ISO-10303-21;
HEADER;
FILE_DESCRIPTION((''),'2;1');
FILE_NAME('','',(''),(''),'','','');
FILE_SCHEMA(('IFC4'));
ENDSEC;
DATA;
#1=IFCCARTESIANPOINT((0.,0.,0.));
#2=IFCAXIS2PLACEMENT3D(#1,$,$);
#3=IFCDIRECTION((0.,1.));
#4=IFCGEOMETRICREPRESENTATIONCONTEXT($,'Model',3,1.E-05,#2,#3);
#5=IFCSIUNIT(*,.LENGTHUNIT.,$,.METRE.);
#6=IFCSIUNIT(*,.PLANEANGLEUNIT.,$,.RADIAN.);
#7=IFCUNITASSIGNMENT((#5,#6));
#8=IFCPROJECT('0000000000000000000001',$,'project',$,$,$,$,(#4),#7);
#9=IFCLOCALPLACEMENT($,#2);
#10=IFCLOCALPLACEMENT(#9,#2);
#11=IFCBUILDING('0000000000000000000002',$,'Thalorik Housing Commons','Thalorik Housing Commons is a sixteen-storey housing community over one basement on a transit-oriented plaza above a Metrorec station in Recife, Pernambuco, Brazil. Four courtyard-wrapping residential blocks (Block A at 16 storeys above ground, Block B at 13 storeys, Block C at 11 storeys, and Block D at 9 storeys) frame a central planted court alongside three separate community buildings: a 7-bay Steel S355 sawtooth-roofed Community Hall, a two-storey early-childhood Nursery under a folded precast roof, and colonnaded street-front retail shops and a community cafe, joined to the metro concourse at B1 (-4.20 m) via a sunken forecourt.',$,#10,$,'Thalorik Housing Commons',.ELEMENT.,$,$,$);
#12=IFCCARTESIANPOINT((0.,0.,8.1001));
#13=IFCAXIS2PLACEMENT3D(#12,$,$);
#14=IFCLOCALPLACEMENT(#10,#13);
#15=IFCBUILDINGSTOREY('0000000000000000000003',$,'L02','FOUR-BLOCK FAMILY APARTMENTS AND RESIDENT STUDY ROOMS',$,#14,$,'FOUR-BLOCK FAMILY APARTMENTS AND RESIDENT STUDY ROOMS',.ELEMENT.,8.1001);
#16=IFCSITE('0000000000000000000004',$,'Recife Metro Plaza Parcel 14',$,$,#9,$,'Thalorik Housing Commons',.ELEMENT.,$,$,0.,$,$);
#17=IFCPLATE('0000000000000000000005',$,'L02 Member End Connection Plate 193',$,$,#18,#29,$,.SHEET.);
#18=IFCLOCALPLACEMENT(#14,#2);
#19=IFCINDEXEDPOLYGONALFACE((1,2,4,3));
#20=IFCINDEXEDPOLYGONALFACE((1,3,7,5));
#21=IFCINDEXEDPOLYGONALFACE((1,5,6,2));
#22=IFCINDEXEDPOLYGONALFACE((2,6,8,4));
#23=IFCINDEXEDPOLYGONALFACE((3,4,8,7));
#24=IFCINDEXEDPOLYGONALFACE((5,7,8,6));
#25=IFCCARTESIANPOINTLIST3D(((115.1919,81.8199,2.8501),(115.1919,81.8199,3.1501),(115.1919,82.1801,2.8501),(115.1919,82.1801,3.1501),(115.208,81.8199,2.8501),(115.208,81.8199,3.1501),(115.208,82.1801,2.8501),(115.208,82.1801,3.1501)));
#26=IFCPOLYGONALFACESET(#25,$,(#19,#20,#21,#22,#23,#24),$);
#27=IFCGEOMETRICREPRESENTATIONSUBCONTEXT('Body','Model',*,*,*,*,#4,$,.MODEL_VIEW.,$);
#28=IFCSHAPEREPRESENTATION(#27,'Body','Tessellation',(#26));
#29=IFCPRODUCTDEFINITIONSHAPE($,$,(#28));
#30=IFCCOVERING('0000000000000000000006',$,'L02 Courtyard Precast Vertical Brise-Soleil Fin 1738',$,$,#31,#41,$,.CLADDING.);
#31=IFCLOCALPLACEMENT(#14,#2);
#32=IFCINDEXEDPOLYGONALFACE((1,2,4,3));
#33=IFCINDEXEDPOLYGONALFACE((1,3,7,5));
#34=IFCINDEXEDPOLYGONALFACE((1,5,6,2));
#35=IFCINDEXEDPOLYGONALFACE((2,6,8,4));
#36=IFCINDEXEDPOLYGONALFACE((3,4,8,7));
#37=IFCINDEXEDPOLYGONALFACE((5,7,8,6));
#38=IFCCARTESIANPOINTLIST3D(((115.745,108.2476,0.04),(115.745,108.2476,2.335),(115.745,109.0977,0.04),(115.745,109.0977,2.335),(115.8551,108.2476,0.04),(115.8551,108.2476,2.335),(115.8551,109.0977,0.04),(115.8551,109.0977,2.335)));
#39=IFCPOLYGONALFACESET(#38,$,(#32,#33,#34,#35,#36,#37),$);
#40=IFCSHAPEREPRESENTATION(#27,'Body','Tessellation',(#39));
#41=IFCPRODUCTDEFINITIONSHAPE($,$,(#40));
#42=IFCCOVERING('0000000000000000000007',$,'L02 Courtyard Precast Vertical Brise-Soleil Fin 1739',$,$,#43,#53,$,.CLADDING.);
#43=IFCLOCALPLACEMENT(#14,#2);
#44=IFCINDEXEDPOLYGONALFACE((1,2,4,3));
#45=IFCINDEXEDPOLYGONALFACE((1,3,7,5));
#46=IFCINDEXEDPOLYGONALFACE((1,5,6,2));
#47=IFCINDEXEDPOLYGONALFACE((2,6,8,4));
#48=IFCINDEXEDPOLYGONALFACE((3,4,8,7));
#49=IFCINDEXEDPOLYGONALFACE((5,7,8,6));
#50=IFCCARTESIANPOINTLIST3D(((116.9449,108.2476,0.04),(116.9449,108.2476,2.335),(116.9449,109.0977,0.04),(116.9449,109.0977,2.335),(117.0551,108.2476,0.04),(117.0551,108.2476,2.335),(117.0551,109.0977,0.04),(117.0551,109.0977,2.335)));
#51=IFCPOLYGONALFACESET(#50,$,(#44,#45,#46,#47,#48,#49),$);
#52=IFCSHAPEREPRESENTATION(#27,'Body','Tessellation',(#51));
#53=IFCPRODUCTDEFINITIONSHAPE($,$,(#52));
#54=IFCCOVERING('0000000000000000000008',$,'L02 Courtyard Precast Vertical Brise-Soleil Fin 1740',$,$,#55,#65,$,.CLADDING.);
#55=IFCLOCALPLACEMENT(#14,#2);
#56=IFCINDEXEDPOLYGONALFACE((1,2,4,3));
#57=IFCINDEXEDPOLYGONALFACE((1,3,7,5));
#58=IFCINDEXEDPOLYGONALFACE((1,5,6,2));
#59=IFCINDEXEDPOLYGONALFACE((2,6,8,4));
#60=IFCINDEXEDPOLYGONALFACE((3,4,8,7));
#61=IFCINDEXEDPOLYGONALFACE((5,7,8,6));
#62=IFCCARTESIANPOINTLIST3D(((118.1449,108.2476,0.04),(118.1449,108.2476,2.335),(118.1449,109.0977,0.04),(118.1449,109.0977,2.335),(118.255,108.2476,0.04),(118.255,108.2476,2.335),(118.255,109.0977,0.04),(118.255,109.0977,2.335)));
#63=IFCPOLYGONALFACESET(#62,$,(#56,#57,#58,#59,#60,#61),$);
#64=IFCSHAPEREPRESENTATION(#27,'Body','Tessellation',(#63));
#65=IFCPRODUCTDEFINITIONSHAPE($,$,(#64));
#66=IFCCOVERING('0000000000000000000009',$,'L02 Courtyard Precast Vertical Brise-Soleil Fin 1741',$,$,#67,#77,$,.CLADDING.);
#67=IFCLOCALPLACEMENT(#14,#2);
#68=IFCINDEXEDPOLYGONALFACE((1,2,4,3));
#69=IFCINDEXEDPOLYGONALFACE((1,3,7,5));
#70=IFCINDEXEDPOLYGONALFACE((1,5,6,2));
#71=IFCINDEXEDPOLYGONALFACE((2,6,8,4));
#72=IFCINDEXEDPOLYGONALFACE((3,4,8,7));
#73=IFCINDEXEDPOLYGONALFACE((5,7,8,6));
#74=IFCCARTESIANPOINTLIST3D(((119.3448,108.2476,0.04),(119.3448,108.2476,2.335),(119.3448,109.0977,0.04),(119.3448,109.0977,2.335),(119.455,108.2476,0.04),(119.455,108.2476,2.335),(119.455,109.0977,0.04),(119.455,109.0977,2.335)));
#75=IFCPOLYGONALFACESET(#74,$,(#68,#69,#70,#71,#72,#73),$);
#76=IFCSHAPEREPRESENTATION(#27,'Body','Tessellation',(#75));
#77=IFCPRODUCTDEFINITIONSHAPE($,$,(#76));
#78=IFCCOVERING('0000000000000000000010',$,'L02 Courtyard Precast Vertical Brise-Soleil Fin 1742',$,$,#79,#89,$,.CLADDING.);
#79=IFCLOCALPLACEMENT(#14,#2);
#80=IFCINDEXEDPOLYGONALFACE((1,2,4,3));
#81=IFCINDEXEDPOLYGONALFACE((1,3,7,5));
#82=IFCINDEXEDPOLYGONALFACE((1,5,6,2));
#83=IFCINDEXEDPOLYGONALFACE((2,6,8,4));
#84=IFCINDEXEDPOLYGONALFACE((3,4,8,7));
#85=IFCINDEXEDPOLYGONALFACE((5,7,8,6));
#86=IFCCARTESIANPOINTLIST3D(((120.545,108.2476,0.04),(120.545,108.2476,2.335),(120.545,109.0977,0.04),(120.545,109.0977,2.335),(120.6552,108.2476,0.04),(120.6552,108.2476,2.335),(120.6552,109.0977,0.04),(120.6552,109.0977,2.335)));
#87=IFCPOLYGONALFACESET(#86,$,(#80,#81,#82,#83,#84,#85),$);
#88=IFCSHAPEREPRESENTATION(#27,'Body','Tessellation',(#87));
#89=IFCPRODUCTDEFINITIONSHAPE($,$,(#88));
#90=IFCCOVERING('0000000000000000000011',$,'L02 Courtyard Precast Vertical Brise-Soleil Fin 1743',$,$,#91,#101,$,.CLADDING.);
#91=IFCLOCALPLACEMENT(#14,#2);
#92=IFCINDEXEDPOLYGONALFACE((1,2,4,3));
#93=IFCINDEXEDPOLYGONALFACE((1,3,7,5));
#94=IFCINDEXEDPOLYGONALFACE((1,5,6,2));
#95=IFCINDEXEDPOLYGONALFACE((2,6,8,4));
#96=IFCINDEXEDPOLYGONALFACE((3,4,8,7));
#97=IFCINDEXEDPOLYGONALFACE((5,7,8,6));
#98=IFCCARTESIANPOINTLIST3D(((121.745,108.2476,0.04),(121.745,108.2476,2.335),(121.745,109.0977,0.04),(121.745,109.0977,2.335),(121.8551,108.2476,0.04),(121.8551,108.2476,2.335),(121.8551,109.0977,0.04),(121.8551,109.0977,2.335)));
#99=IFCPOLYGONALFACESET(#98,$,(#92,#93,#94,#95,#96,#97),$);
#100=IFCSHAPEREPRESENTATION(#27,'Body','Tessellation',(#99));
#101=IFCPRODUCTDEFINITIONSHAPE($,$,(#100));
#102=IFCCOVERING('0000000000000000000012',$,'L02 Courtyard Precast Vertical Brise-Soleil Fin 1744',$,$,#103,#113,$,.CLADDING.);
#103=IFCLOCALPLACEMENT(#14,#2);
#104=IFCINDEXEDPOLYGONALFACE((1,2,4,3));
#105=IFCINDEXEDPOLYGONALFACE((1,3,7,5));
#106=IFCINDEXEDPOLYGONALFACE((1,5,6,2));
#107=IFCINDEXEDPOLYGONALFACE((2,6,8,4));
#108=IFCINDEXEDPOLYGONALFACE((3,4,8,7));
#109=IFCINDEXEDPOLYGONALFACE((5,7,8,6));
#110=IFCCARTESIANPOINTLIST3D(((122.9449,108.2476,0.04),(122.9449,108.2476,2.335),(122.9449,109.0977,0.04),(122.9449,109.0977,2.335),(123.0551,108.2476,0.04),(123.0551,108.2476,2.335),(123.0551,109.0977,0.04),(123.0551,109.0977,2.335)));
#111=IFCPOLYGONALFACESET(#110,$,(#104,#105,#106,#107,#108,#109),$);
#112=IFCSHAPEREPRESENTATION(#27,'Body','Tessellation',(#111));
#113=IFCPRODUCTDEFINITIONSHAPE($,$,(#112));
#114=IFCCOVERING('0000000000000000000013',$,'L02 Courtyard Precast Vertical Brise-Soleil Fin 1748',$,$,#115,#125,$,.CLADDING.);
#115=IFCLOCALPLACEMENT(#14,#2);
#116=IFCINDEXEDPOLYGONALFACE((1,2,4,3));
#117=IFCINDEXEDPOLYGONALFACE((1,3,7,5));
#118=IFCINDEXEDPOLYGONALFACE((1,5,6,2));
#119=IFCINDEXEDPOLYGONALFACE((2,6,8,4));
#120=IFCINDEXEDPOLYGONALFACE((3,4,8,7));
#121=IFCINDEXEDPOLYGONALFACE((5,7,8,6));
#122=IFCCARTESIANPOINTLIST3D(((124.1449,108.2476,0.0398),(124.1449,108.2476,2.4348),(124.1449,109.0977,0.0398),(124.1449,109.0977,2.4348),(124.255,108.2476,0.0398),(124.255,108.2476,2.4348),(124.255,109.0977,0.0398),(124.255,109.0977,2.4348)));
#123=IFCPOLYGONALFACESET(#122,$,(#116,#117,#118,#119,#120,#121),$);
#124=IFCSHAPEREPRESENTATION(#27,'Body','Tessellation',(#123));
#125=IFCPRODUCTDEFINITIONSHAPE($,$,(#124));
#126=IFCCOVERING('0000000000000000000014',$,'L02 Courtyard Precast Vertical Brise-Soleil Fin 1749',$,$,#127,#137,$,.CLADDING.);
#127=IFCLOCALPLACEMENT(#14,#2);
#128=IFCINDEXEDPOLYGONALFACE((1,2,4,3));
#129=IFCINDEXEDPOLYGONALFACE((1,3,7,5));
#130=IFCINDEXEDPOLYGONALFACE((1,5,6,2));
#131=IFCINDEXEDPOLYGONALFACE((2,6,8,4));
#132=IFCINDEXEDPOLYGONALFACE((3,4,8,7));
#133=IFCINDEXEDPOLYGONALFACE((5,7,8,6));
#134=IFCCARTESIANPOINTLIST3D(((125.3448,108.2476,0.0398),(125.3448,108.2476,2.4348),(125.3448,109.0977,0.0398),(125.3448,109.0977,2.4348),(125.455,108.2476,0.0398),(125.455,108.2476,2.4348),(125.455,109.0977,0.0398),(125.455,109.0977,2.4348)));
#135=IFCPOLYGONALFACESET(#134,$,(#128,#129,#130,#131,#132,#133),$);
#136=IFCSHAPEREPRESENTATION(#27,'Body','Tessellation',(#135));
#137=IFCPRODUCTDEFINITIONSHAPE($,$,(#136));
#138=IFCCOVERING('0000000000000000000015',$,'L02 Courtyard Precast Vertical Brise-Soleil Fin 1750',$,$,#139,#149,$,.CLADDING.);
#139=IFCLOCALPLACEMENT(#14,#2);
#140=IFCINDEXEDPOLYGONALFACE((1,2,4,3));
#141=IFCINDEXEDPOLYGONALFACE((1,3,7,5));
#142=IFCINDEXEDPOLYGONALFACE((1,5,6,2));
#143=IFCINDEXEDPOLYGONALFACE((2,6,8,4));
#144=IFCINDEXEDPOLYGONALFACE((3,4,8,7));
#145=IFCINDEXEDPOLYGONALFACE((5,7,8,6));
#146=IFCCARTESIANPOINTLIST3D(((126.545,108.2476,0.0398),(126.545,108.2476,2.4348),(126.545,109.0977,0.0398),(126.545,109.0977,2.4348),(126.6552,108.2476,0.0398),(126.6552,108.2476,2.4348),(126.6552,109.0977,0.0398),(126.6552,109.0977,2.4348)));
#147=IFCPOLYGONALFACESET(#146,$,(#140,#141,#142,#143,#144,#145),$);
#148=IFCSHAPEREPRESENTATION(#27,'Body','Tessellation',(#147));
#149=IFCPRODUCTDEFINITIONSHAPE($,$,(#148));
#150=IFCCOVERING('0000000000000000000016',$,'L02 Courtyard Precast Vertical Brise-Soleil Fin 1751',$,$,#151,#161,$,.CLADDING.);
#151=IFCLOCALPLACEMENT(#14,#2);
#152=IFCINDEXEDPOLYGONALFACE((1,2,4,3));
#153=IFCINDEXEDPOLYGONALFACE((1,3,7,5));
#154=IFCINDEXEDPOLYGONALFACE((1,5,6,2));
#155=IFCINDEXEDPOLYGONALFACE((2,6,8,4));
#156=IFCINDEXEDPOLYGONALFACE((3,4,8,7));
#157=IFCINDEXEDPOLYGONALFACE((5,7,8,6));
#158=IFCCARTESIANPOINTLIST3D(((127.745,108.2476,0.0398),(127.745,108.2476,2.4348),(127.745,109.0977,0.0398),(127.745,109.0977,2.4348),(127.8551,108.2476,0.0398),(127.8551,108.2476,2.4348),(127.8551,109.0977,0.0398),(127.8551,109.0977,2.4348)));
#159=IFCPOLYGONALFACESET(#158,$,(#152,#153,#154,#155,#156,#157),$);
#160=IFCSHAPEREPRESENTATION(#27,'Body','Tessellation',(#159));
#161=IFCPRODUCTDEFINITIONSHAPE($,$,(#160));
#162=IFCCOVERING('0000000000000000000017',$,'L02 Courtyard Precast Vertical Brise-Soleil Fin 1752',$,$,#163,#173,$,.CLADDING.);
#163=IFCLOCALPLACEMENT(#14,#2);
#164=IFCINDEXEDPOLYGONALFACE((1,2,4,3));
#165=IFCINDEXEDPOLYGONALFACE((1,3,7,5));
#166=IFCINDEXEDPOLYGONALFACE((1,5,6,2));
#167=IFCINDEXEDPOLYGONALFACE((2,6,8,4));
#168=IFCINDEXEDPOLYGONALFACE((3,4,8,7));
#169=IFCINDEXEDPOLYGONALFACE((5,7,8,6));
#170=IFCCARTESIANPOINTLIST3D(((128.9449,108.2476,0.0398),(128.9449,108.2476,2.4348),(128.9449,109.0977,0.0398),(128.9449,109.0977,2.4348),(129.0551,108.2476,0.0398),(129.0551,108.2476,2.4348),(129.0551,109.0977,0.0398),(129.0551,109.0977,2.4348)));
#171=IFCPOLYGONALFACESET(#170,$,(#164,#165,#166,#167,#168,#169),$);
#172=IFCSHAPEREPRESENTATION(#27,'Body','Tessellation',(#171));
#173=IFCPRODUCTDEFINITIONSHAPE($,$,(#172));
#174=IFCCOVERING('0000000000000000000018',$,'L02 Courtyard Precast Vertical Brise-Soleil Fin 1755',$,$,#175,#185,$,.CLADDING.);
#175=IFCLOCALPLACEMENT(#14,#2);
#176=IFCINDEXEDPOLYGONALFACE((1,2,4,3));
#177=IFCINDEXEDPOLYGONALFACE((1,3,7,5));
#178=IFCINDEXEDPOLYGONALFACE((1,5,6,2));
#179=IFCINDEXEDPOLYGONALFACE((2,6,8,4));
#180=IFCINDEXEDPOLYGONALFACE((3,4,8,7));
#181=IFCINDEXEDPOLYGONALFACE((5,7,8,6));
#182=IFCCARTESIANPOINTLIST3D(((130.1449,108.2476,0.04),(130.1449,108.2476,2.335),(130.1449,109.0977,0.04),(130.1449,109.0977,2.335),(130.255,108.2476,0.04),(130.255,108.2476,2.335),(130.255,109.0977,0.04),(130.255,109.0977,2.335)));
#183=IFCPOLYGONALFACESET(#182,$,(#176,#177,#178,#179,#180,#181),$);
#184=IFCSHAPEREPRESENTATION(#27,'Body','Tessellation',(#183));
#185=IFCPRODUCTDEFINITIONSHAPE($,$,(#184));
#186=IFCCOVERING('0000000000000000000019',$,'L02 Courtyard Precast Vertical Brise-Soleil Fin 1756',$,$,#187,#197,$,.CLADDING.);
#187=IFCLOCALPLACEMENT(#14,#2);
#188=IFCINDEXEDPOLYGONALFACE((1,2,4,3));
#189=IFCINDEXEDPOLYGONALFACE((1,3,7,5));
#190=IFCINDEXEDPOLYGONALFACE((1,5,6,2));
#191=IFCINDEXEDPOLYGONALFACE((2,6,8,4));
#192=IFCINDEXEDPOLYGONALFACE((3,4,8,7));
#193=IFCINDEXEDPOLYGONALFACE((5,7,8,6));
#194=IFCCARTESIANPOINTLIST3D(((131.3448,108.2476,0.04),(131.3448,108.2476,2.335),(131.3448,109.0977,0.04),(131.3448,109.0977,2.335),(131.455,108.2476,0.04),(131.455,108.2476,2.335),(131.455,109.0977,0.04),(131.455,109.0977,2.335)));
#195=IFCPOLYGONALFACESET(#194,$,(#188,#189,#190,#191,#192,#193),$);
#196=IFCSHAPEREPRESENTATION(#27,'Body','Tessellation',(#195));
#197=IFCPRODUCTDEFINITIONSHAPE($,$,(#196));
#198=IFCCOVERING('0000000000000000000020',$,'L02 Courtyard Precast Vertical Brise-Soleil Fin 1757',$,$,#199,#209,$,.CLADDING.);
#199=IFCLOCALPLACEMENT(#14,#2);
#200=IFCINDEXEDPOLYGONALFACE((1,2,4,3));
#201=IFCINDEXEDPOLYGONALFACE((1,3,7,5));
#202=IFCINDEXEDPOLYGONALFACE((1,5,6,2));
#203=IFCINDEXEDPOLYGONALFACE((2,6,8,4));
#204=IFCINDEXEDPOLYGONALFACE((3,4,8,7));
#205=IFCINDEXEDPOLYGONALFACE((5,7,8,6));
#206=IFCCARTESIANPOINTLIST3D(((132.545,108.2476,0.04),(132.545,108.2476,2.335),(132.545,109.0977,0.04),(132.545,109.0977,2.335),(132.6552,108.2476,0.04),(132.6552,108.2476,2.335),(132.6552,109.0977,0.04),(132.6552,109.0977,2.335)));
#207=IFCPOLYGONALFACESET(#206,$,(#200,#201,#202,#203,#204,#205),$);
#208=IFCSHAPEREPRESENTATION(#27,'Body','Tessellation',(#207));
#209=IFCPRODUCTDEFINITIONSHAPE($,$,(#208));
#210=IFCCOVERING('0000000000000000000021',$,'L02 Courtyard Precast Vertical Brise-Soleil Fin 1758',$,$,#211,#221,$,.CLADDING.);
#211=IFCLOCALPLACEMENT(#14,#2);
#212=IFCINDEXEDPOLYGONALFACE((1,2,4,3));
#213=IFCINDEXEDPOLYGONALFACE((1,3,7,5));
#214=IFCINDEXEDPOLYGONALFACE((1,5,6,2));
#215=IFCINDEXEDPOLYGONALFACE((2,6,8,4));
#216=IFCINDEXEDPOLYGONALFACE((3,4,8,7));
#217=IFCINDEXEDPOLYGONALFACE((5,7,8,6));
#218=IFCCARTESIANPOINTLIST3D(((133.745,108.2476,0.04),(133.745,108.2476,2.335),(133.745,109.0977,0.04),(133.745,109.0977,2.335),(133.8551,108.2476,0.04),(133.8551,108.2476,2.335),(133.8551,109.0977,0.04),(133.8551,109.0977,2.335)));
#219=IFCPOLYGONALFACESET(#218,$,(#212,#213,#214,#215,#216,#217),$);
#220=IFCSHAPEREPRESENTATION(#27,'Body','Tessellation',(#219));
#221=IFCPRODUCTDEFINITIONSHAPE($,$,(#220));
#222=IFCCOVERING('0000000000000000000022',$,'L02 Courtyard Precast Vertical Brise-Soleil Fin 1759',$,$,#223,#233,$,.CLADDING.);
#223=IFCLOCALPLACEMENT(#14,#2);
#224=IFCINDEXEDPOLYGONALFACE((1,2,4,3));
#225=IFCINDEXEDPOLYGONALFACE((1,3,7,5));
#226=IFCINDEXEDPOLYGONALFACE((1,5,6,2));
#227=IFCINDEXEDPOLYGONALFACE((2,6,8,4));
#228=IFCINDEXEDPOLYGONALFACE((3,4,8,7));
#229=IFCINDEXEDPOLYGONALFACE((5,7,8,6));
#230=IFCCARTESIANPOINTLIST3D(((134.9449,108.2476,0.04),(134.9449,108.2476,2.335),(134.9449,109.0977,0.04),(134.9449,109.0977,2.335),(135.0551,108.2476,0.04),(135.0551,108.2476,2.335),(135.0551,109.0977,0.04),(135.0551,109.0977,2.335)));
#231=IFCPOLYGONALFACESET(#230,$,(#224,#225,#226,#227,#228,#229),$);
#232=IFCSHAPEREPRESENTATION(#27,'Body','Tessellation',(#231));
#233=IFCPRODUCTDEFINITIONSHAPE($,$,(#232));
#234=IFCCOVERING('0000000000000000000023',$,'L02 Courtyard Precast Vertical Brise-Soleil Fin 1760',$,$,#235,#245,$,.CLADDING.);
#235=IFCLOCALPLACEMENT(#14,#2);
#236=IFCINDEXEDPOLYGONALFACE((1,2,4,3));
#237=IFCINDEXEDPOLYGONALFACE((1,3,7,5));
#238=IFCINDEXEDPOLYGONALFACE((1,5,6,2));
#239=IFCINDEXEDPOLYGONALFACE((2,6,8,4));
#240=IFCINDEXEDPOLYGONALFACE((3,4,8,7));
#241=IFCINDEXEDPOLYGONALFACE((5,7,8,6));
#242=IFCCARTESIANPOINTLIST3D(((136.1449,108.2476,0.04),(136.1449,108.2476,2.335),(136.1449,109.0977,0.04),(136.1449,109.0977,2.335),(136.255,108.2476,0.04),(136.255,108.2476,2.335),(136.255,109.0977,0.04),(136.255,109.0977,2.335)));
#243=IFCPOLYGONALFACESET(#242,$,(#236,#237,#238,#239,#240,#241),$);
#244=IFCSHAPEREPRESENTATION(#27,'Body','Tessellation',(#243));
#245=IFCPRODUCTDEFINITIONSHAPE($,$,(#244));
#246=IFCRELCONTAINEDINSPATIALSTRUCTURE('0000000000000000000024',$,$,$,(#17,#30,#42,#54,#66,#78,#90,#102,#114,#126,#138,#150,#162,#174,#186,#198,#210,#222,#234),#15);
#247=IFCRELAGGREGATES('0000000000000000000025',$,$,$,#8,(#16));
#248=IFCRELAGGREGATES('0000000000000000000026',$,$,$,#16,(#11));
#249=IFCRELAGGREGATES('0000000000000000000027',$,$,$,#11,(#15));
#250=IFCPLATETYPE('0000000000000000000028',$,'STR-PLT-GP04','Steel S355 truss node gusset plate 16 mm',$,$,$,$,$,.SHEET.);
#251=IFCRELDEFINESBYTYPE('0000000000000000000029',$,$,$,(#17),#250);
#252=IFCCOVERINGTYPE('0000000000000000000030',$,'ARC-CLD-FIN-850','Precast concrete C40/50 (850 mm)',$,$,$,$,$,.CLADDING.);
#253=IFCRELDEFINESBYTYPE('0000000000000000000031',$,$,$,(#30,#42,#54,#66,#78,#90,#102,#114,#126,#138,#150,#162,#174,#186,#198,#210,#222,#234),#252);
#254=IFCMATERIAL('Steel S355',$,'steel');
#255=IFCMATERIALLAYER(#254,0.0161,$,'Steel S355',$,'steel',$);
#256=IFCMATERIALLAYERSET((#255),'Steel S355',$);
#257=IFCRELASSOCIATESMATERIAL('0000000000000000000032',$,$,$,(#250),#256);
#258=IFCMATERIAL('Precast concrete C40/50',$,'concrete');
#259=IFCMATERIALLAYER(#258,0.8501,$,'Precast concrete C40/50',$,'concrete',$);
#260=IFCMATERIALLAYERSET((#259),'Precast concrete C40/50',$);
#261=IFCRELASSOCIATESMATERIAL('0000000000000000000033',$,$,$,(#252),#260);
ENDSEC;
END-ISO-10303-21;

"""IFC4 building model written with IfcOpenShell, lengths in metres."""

from ifc_helpers import new_model, si_unit, direction, frame, origin, origin_2d, place, context, subcontext, project, spatial, rectangle, extrude, material, layer, layer_set, type_object, element, save


model = new_model("IFC4")

# Units and contexts
model_context = context("Model", 3, precision=1e-05, world=origin(), true_north=direction((0.0, 1.0)))
body_context = subcontext(model_context, "Body", "Model", "MODEL_VIEW")
ifc_project = project(units=[si_unit("LENGTHUNIT", "METRE"), si_unit("PLANEANGLEUNIT", "RADIAN")], contexts=[model_context])

# Site, building, storey
site_placement = place(None, origin())
site = spatial("IfcSite", under=ifc_project, at=site_placement, Name="Recife Metro Plaza Parcel 14", LongName="Thalorik Housing Commons", CompositionType="ELEMENT", RefElevation=0.0)
building_placement = place(site_placement, origin())
building = spatial("IfcBuilding", under=site, at=building_placement, Name="Thalorik Housing Commons", Description="Thalorik Housing Commons is a sixteen-storey housing community over one basement on a transit-oriented plaza above a Metrorec station in Recife, Pernambuco, Brazil. Four courtyard-wrapping residential blocks (Block A at 16 storeys above ground, Block B at 13 storeys, Block C at 11 storeys, and Block D at 9 storeys) frame a central planted court alongside three separate community buildings: a 7-bay Steel S355 sawtooth-roofed Community Hall, a two-storey early-childhood Nursery under a folded precast roof, and colonnaded street-front retail shops and a community cafe, joined to the metro concourse at B1 (-4.20 m) via a sunken forecourt.", LongName="Thalorik Housing Commons", CompositionType="ELEMENT")
storey_placement = place(building_placement, frame((0.0, 0.0, 8.1001)))
storey = spatial("IfcBuildingStorey", under=building, at=storey_placement, Name="L02", Description="FOUR-BLOCK FAMILY APARTMENTS AND RESIDENT STUDY ROOMS", LongName="FOUR-BLOCK FAMILY APARTMENTS AND RESIDENT STUDY ROOMS", CompositionType="ELEMENT", Elevation=8.1001)

# Shared definitions
ifc_material_1 = material(Name="Steel S355", Category="steel")

# Plate
ifc_layer_1 = layer(ifc_material_1, 0.0161, Name="Steel S355", Category="steel")
ifc_layer_set_1 = layer_set([ifc_layer_1], Name="Steel S355")
plate_type_1 = type_object("IfcPlateType", Name="STR-PLT-GP04", Description="Steel S355 truss node gusset plate 16 mm", PredefinedType="SHEET", material=ifc_layer_set_1)
for number, where, z_axis, x_axis, name in (
    (1, (115.2, 82.0, 2.8501), (0.0, 0.0, 1.0), (1.0, 0.0, 0.0), "L02 Member End Connection Plate 193"),
):
    element("IfcPlate", number, at=place(storey_placement, frame(where, z_axis=z_axis, x_axis=x_axis)), inside=storey, type_object=plate_type_1, Name=name, PredefinedType="SHEET", context=body_context, shape_type="SweptSolid", body=[
        extrude(rectangle(XDim=0.0161, YDim=0.3601, at=origin_2d()), origin(), (0.0, 0.0, 1.0), 0.3),
    ])

# Coverings
ifc_material_2 = material(Name="Precast concrete C40/50", Category="concrete")
ifc_layer_2 = layer(ifc_material_2, 0.8501, Name="Precast concrete C40/50", Category="concrete")
ifc_layer_set_2 = layer_set([ifc_layer_2], Name="Precast concrete C40/50")
covering_type_1 = type_object("IfcCoveringType", Name="ARC-CLD-FIN-850", Description="Precast concrete C40/50 (850 mm)", PredefinedType="CLADDING", material=ifc_layer_set_2)
for number, where, z_axis, x_axis, name in (
    (2, (115.8, 108.6726, 0.04), (0.0, 0.0, 1.0), (1.0, 0.0, 0.0), "L02 Courtyard Precast Vertical Brise-Soleil Fin 1738"),
    (3, (117.0, 108.6726, 0.04), (0.0, 0.0, 1.0), (1.0, 0.0, 0.0), "L02 Courtyard Precast Vertical Brise-Soleil Fin 1739"),
    (4, (118.2, 108.6726, 0.04), (0.0, 0.0, 1.0), (1.0, 0.0, 0.0), "L02 Courtyard Precast Vertical Brise-Soleil Fin 1740"),
    (5, (119.3999, 108.6726, 0.04), (0.0, 0.0, 1.0), (1.0, 0.0, 0.0), "L02 Courtyard Precast Vertical Brise-Soleil Fin 1741"),
    (6, (120.6001, 108.6726, 0.04), (0.0, 0.0, 1.0), (1.0, 0.0, 0.0), "L02 Courtyard Precast Vertical Brise-Soleil Fin 1742"),
    (7, (121.8, 108.6726, 0.04), (0.0, 0.0, 1.0), (1.0, 0.0, 0.0), "L02 Courtyard Precast Vertical Brise-Soleil Fin 1743"),
    (8, (123.0, 108.6726, 0.04), (0.0, 0.0, 1.0), (1.0, 0.0, 0.0), "L02 Courtyard Precast Vertical Brise-Soleil Fin 1744"),
):
    element("IfcCovering", number, at=place(storey_placement, frame(where, z_axis=z_axis, x_axis=x_axis)), inside=storey, type_object=covering_type_1, Name=name, PredefinedType="CLADDING", context=body_context, shape_type="SweptSolid", body=[
        extrude(rectangle(XDim=0.1101, YDim=0.8501, at=origin_2d()), origin(), (0.0, 0.0, 1.0), 2.2949),
    ])
for number, where, z_axis, x_axis, name in (
    (9, (124.2, 108.6726, 0.0398), (0.0, 0.0, 1.0), (1.0, 0.0, 0.0), "L02 Courtyard Precast Vertical Brise-Soleil Fin 1748"),
    (10, (125.3999, 108.6726, 0.0398), (0.0, 0.0, 1.0), (1.0, 0.0, 0.0), "L02 Courtyard Precast Vertical Brise-Soleil Fin 1749"),
    (11, (126.6001, 108.6726, 0.0398), (0.0, 0.0, 1.0), (1.0, 0.0, 0.0), "L02 Courtyard Precast Vertical Brise-Soleil Fin 1750"),
    (12, (127.8, 108.6726, 0.0398), (0.0, 0.0, 1.0), (1.0, 0.0, 0.0), "L02 Courtyard Precast Vertical Brise-Soleil Fin 1751"),
    (13, (129.0, 108.6726, 0.0398), (0.0, 0.0, 1.0), (1.0, 0.0, 0.0), "L02 Courtyard Precast Vertical Brise-Soleil Fin 1752"),
):
    element("IfcCovering", number, at=place(storey_placement, frame(where, z_axis=z_axis, x_axis=x_axis)), inside=storey, type_object=covering_type_1, Name=name, PredefinedType="CLADDING", context=body_context, shape_type="SweptSolid", body=[
        extrude(rectangle(XDim=0.1101, YDim=0.8501, at=origin_2d()), origin(), (0.0, 0.0, 1.0), 2.395),
    ])
for number, where, z_axis, x_axis, name in (
    (14, (130.2, 108.6726, 0.04), (0.0, 0.0, 1.0), (1.0, 0.0, 0.0), "L02 Courtyard Precast Vertical Brise-Soleil Fin 1755"),
    (15, (131.3999, 108.6726, 0.04), (0.0, 0.0, 1.0), (1.0, 0.0, 0.0), "L02 Courtyard Precast Vertical Brise-Soleil Fin 1756"),
    (16, (132.6001, 108.6726, 0.04), (0.0, 0.0, 1.0), (1.0, 0.0, 0.0), "L02 Courtyard Precast Vertical Brise-Soleil Fin 1757"),
    (17, (133.8, 108.6726, 0.04), (0.0, 0.0, 1.0), (1.0, 0.0, 0.0), "L02 Courtyard Precast Vertical Brise-Soleil Fin 1758"),
    (18, (135.0, 108.6726, 0.04), (0.0, 0.0, 1.0), (1.0, 0.0, 0.0), "L02 Courtyard Precast Vertical Brise-Soleil Fin 1759"),
    (19, (136.2, 108.6726, 0.04), (0.0, 0.0, 1.0), (1.0, 0.0, 0.0), "L02 Courtyard Precast Vertical Brise-Soleil Fin 1760"),
):
    element("IfcCovering", number, at=place(storey_placement, frame(where, z_axis=z_axis, x_axis=x_axis)), inside=storey, type_object=covering_type_1, Name=name, PredefinedType="CLADDING", context=body_context, shape_type="SweptSolid", body=[
        extrude(rectangle(XDim=0.1101, YDim=0.8501, at=origin_2d()), origin(), (0.0, 0.0, 1.0), 2.2949),
    ])

save(model, "model.ifc")
